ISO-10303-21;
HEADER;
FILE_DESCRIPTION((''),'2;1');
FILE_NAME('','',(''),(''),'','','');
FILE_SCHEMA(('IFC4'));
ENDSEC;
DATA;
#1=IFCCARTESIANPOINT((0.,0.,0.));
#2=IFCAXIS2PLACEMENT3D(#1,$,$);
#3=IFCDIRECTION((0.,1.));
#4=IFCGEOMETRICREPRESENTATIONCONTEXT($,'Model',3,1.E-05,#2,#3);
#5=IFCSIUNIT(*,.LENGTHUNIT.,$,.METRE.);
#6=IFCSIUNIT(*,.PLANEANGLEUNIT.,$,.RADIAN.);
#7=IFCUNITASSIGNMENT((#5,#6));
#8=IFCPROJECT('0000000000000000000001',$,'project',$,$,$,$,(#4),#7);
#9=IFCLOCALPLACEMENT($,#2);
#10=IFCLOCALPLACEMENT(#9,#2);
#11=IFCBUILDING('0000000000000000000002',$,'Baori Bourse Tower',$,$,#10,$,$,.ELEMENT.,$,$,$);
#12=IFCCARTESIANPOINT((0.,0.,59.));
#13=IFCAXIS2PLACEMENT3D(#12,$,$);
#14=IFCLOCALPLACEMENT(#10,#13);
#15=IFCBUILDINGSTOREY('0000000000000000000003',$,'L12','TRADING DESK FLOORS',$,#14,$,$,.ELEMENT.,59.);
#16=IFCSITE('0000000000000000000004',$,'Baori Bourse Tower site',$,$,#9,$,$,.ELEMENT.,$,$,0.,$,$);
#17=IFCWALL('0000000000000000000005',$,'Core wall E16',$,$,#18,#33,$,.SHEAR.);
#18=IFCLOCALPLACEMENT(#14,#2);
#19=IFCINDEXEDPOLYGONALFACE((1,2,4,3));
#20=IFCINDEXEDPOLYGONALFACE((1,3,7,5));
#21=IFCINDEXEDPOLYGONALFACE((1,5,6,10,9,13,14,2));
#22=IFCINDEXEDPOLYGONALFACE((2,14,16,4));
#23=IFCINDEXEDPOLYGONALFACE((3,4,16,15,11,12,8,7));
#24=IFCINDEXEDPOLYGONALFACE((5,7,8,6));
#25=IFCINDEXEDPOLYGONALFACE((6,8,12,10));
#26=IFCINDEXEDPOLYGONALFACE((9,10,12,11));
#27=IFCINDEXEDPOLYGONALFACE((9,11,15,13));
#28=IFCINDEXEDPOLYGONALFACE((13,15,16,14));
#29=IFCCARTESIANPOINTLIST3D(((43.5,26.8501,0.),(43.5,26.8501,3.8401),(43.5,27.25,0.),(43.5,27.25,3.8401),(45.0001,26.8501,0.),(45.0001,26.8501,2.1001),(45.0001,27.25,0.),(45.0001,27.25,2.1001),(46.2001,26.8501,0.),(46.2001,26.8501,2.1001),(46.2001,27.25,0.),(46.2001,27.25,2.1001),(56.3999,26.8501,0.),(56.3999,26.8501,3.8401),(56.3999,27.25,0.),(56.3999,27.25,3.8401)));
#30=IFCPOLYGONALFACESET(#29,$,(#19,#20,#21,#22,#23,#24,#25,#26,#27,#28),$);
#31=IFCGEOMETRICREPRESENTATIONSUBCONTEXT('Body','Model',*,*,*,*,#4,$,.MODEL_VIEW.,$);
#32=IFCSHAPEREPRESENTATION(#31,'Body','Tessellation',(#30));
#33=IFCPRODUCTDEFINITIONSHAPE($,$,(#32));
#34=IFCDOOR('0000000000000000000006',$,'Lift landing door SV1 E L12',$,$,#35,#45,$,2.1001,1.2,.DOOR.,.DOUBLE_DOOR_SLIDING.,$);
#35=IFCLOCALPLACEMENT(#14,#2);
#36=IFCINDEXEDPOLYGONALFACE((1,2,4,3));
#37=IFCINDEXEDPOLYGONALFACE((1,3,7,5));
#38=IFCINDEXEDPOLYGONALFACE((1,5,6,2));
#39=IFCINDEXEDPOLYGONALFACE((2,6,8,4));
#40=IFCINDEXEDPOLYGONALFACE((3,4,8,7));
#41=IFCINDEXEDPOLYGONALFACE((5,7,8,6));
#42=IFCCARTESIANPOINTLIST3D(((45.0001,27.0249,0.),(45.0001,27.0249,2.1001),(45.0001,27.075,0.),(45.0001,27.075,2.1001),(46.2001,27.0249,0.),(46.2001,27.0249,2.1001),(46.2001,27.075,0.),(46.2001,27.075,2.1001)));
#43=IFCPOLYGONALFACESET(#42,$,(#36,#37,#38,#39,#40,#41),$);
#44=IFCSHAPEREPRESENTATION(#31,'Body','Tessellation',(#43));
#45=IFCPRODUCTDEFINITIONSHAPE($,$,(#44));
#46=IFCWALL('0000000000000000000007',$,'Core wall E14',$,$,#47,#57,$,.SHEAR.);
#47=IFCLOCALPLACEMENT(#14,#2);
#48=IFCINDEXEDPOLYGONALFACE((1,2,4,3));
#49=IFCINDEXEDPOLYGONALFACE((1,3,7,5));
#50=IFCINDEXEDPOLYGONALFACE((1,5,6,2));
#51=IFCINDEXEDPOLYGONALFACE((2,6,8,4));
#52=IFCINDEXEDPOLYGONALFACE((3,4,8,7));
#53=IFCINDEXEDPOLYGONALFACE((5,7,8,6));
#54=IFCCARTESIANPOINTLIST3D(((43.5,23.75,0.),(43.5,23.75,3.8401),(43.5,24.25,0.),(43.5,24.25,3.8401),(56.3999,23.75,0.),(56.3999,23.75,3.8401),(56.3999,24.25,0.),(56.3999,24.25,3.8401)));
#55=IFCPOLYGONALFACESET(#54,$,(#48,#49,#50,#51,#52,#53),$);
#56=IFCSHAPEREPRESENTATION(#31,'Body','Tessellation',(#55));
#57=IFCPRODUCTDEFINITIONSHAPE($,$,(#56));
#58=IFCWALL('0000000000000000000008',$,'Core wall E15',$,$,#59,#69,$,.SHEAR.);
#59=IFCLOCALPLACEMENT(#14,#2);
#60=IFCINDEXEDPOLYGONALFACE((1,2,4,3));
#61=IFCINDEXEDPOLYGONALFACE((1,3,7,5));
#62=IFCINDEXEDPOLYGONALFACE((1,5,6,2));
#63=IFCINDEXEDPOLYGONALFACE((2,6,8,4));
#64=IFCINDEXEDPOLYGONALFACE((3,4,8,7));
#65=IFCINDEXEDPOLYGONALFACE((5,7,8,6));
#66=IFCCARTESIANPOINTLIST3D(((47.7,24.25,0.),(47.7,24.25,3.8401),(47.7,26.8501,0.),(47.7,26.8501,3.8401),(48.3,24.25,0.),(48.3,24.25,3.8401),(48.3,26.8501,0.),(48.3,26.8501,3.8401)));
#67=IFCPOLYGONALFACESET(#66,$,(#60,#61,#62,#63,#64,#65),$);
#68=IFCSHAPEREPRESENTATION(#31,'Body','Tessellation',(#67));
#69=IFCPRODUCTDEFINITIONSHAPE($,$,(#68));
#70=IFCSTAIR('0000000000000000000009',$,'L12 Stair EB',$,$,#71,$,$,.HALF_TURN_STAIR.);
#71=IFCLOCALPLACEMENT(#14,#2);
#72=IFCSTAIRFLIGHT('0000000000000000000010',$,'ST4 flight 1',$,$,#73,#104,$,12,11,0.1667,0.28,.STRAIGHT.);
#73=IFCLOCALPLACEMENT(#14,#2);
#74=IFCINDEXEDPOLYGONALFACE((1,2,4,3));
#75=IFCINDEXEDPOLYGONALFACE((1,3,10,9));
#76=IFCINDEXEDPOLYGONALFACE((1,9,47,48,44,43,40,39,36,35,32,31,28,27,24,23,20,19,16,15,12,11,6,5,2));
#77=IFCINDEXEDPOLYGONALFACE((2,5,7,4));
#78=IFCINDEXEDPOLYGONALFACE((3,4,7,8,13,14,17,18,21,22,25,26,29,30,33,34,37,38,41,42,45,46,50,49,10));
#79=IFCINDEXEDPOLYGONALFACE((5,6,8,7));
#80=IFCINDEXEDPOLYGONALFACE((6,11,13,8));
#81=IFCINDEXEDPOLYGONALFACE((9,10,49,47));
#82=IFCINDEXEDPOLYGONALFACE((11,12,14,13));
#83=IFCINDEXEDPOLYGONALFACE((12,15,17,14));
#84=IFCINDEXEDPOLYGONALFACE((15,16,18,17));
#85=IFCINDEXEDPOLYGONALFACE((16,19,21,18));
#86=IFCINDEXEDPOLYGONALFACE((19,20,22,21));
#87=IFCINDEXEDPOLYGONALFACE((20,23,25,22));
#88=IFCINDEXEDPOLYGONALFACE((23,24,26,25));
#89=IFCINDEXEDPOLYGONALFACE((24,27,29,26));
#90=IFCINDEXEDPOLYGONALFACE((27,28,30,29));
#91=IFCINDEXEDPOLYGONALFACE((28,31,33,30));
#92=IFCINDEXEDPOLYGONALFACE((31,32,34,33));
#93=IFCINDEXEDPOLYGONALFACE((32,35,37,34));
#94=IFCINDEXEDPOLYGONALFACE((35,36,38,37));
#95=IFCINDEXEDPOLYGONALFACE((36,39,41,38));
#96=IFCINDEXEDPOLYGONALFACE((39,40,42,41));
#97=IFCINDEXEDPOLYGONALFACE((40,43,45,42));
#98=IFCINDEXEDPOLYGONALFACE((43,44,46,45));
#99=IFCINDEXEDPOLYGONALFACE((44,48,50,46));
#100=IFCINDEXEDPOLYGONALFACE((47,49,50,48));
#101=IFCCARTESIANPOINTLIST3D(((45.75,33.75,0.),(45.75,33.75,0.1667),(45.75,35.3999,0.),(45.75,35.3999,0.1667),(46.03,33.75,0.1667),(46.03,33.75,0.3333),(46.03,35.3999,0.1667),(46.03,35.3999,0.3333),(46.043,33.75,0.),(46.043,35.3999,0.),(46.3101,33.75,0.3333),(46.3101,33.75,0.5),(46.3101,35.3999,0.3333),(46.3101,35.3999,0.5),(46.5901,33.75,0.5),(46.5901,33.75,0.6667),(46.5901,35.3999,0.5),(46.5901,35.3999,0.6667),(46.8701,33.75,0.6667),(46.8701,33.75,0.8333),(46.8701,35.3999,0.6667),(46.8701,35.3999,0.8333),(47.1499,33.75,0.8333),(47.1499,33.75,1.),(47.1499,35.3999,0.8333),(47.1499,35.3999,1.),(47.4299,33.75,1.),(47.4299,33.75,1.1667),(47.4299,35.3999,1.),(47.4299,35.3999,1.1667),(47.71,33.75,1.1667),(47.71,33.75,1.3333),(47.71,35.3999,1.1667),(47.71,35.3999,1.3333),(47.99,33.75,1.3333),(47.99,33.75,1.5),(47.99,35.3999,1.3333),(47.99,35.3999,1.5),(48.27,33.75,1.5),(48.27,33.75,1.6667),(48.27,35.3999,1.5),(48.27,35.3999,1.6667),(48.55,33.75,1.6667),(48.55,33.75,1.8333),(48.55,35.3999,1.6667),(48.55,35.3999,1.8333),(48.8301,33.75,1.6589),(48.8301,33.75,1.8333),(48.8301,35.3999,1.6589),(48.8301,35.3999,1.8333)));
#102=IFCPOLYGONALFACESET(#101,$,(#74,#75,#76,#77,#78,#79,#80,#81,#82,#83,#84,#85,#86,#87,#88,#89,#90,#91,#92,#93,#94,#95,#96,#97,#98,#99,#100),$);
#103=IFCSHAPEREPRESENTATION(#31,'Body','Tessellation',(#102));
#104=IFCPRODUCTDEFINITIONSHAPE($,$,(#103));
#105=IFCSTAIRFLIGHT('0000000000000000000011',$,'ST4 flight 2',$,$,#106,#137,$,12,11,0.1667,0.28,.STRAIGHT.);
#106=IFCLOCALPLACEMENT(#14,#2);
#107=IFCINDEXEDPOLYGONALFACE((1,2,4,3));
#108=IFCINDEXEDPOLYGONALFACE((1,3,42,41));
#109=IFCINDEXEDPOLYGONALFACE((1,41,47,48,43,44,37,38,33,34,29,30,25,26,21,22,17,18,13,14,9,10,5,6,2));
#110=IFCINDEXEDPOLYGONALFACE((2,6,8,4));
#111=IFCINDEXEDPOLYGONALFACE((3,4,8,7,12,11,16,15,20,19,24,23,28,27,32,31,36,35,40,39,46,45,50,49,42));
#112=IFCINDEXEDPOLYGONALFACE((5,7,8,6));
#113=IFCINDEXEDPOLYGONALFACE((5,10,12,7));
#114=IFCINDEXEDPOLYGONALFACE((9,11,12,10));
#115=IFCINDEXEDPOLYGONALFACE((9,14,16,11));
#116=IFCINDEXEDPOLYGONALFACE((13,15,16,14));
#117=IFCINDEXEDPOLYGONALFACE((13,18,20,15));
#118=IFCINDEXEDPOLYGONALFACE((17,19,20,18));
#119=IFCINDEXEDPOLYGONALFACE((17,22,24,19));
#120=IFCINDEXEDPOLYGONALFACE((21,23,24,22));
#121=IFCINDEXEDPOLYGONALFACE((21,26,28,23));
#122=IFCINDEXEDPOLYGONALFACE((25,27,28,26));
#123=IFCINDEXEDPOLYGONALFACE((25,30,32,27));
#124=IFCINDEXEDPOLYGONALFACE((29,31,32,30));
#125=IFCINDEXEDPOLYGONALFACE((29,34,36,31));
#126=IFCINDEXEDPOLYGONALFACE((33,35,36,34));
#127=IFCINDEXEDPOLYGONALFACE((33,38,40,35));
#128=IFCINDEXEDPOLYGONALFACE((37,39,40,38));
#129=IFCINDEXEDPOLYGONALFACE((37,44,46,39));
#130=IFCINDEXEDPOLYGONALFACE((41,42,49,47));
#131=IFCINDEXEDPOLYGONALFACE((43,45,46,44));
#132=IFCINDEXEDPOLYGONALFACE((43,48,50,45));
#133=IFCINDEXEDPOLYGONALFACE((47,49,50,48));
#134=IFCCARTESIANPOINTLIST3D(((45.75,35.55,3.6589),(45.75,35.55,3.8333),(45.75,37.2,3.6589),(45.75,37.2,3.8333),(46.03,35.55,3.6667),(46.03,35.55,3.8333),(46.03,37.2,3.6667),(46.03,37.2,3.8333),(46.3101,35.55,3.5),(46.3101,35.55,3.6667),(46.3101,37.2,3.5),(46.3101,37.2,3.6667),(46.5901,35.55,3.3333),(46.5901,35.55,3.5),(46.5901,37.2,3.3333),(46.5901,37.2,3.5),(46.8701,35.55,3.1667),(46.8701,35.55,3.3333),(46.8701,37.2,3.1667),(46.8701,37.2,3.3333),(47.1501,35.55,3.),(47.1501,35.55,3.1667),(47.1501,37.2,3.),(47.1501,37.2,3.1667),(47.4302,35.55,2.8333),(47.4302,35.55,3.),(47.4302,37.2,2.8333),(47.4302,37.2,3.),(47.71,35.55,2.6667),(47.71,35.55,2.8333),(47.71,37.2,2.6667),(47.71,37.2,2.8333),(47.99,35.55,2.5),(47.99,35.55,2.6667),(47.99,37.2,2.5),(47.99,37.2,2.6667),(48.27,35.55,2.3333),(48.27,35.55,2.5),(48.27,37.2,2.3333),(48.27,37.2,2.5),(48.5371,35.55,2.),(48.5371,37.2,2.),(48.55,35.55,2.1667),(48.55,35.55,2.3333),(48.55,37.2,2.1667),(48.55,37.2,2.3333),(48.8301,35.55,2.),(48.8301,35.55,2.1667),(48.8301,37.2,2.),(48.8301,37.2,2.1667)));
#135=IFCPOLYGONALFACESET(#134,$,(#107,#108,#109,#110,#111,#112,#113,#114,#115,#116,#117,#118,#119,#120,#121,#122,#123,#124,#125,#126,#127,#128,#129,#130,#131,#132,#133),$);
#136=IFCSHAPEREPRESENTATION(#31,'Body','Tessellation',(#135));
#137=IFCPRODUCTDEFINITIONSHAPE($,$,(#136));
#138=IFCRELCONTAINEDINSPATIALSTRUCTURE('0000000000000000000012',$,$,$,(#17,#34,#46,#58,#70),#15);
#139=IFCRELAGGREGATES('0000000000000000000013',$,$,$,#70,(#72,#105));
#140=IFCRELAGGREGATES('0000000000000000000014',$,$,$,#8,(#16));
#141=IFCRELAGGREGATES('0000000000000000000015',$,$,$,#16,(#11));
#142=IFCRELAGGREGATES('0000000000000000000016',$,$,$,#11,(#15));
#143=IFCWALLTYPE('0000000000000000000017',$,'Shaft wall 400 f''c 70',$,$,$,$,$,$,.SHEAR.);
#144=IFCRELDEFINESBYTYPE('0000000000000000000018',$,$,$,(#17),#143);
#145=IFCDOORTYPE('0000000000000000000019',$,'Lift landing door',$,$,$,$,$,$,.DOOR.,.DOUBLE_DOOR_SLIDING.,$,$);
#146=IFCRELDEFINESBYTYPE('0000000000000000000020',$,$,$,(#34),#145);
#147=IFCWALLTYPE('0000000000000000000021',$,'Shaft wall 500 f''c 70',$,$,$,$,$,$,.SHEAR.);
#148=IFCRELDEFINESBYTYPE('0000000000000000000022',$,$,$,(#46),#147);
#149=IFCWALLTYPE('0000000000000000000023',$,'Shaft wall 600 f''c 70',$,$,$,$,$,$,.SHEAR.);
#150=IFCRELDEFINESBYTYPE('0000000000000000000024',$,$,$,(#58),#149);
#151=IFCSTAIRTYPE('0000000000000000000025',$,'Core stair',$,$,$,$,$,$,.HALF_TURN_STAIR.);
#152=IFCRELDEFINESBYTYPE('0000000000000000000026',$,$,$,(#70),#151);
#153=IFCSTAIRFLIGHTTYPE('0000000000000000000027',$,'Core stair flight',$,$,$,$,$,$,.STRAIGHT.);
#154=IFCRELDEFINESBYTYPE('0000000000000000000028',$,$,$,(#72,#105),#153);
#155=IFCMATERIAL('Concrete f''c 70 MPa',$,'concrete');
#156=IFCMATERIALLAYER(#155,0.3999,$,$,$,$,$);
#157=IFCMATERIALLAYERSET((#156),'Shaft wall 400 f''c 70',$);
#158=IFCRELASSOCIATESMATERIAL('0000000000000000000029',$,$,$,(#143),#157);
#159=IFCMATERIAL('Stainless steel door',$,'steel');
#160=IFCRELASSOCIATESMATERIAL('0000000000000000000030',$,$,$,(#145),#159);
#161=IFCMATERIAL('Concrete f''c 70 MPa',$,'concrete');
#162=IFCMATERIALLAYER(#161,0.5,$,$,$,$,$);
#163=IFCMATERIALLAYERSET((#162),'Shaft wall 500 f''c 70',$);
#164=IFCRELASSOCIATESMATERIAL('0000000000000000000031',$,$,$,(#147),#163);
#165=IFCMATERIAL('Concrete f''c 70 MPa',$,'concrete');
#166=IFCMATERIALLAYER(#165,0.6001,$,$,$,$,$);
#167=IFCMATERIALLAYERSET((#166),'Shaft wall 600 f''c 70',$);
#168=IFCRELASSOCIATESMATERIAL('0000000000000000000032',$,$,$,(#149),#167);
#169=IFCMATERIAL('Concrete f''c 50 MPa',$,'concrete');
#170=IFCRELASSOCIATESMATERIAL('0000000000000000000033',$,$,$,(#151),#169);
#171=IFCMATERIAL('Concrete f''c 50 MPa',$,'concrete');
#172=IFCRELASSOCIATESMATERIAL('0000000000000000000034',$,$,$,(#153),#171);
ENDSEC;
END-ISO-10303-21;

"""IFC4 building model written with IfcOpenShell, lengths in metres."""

from ifc_helpers import new_model, si_unit, direction, frame, frame_2d, origin, place, context, subcontext, project, spatial, polyline, rectangle, outline, extrude, material, layer, layer_set, type_object, element, fill, aggregate, save


model = new_model("IFC4")

# Units and contexts
model_context = context("Model", 3, precision=1e-05, world=origin(), true_north=direction((0.0, 1.0)))
body_context = subcontext(model_context, "Body", "Model", "MODEL_VIEW")
ifc_project = project(units=[si_unit("LENGTHUNIT", "METRE"), si_unit("PLANEANGLEUNIT", "RADIAN")], contexts=[model_context])

# Site, building, storey
site_placement = place(None, origin())
site = spatial("IfcSite", under=ifc_project, at=site_placement, Name="Baori Bourse Tower site", CompositionType="ELEMENT", RefElevation=0.0)
building_placement = place(site_placement, origin())
building = spatial("IfcBuilding", under=site, at=building_placement, Name="Baori Bourse Tower", CompositionType="ELEMENT")
storey_placement = place(building_placement, frame((0.0, 0.0, 59.0)))
storey = spatial("IfcBuildingStorey", under=building, at=storey_placement, Name="L12", Description="TRADING DESK FLOORS", CompositionType="ELEMENT", Elevation=59.0)

# Wall, opening, door
ifc_material_1 = material(Name="Concrete f'c 70 MPa", Category="concrete")
ifc_layer_1 = layer(ifc_material_1, 0.3999)
ifc_layer_set_1 = layer_set([ifc_layer_1], Name="Shaft wall 400 f'c 70")
wall_type_1 = type_object("IfcWallType", Name="Shaft wall 400 f'c 70", PredefinedType="SHEAR", material=ifc_layer_set_1)
wall_1_placement = place(storey_placement, frame((43.5, 27.05, 0.0), z_axis=(0.0, 0.0, 1.0), x_axis=(1.0, 0.0, 0.0)))
wall_1 = element("IfcWall", 1, at=wall_1_placement, inside=storey, type_object=wall_type_1, Name="Core wall E16", PredefinedType="SHEAR", context=body_context, shape_type="SweptSolid", body=[
    extrude(rectangle(XDim=12.8999, YDim=0.3999, at=frame_2d((6.45, 0.0))), origin(), (0.0, 0.0, 1.0), 3.8401),
])
opening_1_placement = place(wall_1_placement, frame((1.5, 0.0, 0.0)))
opening_1 = element("IfcOpeningElement", 2, at=opening_1_placement, cuts=wall_1, PredefinedType="OPENING", context=body_context, shape_type="SweptSolid", body=[
    extrude(rectangle(XDim=1.2, YDim=2.1001, at=frame_2d((0.6001, 1.05))), frame((0.0, 0.21, 0.0), z_axis=(0.0, -1.0, 0.0), x_axis=(1.0, 0.0, 0.0)), (0.0, 0.0, 1.0), 0.4199),
])
ifc_material_2 = material(Name="Stainless steel door", Category="steel")
door_type_1 = type_object("IfcDoorType", Name="Lift landing door", OperationType="DOUBLE_DOOR_SLIDING", PredefinedType="DOOR", material=ifc_material_2)
door_1_placement = place(opening_1_placement, origin())
door_1 = element("IfcDoor", 3, at=door_1_placement, inside=storey, type_object=door_type_1, Name="Lift landing door SV1 E L12", OperationType="DOUBLE_DOOR_SLIDING", OverallHeight=2.1001, OverallWidth=1.2, PredefinedType="DOOR", context=body_context, shape_type="SweptSolid", body=[
    extrude(rectangle(XDim=1.2, YDim=2.1001, at=frame_2d((0.6001, 1.05))), frame((0.0, 0.0249, 0.0), z_axis=(0.0, -1.0, 0.0), x_axis=(1.0, 0.0, 0.0)), (0.0, 0.0, 1.0), 0.05),
])
fill(opening_1, door_1)

# Walls
ifc_material_3 = material(Name="Concrete f'c 70 MPa", Category="concrete")
ifc_layer_2 = layer(ifc_material_3, 0.5)
ifc_layer_set_2 = layer_set([ifc_layer_2], Name="Shaft wall 500 f'c 70")
wall_type_2 = type_object("IfcWallType", Name="Shaft wall 500 f'c 70", PredefinedType="SHEAR", material=ifc_layer_set_2)
wall_2_placement = place(storey_placement, frame((43.5, 24.0, 0.0), z_axis=(0.0, 0.0, 1.0), x_axis=(1.0, 0.0, 0.0)))
element("IfcWall", 4, at=wall_2_placement, inside=storey, type_object=wall_type_2, Name="Core wall E14", PredefinedType="SHEAR", context=body_context, shape_type="SweptSolid", body=[
    extrude(rectangle(XDim=12.8999, YDim=0.5, at=frame_2d((6.45, 0.0))), origin(), (0.0, 0.0, 1.0), 3.8401),
])
ifc_material_4 = material(Name="Concrete f'c 70 MPa", Category="concrete")
ifc_layer_3 = layer(ifc_material_4, 0.6001)
ifc_layer_set_3 = layer_set([ifc_layer_3], Name="Shaft wall 600 f'c 70")
wall_type_3 = type_object("IfcWallType", Name="Shaft wall 600 f'c 70", PredefinedType="SHEAR", material=ifc_layer_set_3)
wall_3_placement = place(storey_placement, frame((48.0, 24.25, 0.0), z_axis=(0.0, 0.0, 1.0), x_axis=(0.0, 1.0, 0.0)))
element("IfcWall", 5, at=wall_3_placement, inside=storey, type_object=wall_type_3, Name="Core wall E15", PredefinedType="SHEAR", context=body_context, shape_type="SweptSolid", body=[
    extrude(rectangle(XDim=2.6001, YDim=0.6001, at=frame_2d((1.3, 0.0))), origin(), (0.0, 0.0, 1.0), 3.8401),
])

# Stair, stair flights
ifc_material_5 = material(Name="Concrete f'c 50 MPa", Category="concrete")
stair_type = type_object("IfcStairType", Name="Core stair", PredefinedType="HALF_TURN_STAIR", material=ifc_material_5)
stair_placement = place(storey_placement, origin())
stair = element("IfcStair", 6, at=stair_placement, inside=storey, type_object=stair_type, Name="L12 Stair EB", PredefinedType="HALF_TURN_STAIR")
ifc_material_6 = material(Name="Concrete f'c 50 MPa", Category="concrete")
stair_flight_type = type_object("IfcStairFlightType", Name="Core stair flight", PredefinedType="STRAIGHT", material=ifc_material_6)
stair_flight_1_placement = place(storey_placement, frame((45.75, 34.575, 0.0), z_axis=(0.0, 0.0, 1.0), x_axis=(1.0, 0.0, 0.0)))
stair_flight_1 = element("IfcStairFlight", 7, at=stair_flight_1_placement, type_object=stair_flight_type, Name="ST4 flight 1", NumberOfRisers=12, NumberOfTreads=11, PredefinedType="STRAIGHT", RiserHeight=0.1667, TreadLength=0.28, context=body_context, shape_type="SweptSolid", body=[
    extrude(outline(polyline([(0.0, 0.0), (0.0, 0.1667), (0.28, 0.1667), (0.28, 0.3333), (0.5601, 0.3333), (0.5601, 0.5), (0.8401, 0.5), (0.8401, 0.6667), (1.1201, 0.6667), (1.1201, 0.8333), (1.3999, 0.8333), (1.3999, 1.0), (1.6799, 1.0), (1.6799, 1.1667), (1.96, 1.1667), (1.96, 1.3333), (2.24, 1.3333), (2.24, 1.5), (2.52, 1.5), (2.52, 1.6667), (2.8, 1.6667), (2.8, 1.8333), (3.0801, 1.8333), (3.0801, 2.0), (3.0801, 1.6589), (0.293, 0.0), (0.0, 0.0)])), frame((0.0, 0.825, 0.0), z_axis=(0.0, -1.0, 0.0), x_axis=(1.0, 0.0, 0.0)), (0.0, 0.0, 1.0), 1.6499),
])
stair_flight_2_placement = place(storey_placement, frame((48.8301, 36.375, 2.0), z_axis=(0.0, 0.0, 1.0), x_axis=(-1.0, 0.0, 0.0)))
stair_flight_2 = element("IfcStairFlight", 8, at=stair_flight_2_placement, type_object=stair_flight_type, Name="ST4 flight 2", NumberOfRisers=12, NumberOfTreads=11, PredefinedType="STRAIGHT", RiserHeight=0.1667, TreadLength=0.28, context=body_context, shape_type="SweptSolid", body=[
    extrude(outline(polyline([(0.0, 0.0), (0.0, 0.1667), (0.28, 0.1667), (0.28, 0.3333), (0.5601, 0.3333), (0.5601, 0.5), (0.8401, 0.5), (0.8401, 0.6667), (1.1201, 0.6667), (1.1201, 0.8333), (1.3999, 0.8333), (1.3999, 1.0), (1.6799, 1.0), (1.6799, 1.1667), (1.96, 1.1667), (1.96, 1.3333), (2.24, 1.3333), (2.24, 1.5), (2.52, 1.5), (2.52, 1.6667), (2.8, 1.6667), (2.8, 1.8333), (3.0801, 1.8333), (3.0801, 2.0), (3.0801, 1.6589), (0.293, 0.0), (0.0, 0.0)])), frame((0.0, 0.825, 0.0), z_axis=(0.0, -1.0, 0.0), x_axis=(1.0, 0.0, 0.0)), (0.0, 0.0, 1.0), 1.6499),
])
aggregate(stair, [stair_flight_1, stair_flight_2])

save(model, "model.ifc")
